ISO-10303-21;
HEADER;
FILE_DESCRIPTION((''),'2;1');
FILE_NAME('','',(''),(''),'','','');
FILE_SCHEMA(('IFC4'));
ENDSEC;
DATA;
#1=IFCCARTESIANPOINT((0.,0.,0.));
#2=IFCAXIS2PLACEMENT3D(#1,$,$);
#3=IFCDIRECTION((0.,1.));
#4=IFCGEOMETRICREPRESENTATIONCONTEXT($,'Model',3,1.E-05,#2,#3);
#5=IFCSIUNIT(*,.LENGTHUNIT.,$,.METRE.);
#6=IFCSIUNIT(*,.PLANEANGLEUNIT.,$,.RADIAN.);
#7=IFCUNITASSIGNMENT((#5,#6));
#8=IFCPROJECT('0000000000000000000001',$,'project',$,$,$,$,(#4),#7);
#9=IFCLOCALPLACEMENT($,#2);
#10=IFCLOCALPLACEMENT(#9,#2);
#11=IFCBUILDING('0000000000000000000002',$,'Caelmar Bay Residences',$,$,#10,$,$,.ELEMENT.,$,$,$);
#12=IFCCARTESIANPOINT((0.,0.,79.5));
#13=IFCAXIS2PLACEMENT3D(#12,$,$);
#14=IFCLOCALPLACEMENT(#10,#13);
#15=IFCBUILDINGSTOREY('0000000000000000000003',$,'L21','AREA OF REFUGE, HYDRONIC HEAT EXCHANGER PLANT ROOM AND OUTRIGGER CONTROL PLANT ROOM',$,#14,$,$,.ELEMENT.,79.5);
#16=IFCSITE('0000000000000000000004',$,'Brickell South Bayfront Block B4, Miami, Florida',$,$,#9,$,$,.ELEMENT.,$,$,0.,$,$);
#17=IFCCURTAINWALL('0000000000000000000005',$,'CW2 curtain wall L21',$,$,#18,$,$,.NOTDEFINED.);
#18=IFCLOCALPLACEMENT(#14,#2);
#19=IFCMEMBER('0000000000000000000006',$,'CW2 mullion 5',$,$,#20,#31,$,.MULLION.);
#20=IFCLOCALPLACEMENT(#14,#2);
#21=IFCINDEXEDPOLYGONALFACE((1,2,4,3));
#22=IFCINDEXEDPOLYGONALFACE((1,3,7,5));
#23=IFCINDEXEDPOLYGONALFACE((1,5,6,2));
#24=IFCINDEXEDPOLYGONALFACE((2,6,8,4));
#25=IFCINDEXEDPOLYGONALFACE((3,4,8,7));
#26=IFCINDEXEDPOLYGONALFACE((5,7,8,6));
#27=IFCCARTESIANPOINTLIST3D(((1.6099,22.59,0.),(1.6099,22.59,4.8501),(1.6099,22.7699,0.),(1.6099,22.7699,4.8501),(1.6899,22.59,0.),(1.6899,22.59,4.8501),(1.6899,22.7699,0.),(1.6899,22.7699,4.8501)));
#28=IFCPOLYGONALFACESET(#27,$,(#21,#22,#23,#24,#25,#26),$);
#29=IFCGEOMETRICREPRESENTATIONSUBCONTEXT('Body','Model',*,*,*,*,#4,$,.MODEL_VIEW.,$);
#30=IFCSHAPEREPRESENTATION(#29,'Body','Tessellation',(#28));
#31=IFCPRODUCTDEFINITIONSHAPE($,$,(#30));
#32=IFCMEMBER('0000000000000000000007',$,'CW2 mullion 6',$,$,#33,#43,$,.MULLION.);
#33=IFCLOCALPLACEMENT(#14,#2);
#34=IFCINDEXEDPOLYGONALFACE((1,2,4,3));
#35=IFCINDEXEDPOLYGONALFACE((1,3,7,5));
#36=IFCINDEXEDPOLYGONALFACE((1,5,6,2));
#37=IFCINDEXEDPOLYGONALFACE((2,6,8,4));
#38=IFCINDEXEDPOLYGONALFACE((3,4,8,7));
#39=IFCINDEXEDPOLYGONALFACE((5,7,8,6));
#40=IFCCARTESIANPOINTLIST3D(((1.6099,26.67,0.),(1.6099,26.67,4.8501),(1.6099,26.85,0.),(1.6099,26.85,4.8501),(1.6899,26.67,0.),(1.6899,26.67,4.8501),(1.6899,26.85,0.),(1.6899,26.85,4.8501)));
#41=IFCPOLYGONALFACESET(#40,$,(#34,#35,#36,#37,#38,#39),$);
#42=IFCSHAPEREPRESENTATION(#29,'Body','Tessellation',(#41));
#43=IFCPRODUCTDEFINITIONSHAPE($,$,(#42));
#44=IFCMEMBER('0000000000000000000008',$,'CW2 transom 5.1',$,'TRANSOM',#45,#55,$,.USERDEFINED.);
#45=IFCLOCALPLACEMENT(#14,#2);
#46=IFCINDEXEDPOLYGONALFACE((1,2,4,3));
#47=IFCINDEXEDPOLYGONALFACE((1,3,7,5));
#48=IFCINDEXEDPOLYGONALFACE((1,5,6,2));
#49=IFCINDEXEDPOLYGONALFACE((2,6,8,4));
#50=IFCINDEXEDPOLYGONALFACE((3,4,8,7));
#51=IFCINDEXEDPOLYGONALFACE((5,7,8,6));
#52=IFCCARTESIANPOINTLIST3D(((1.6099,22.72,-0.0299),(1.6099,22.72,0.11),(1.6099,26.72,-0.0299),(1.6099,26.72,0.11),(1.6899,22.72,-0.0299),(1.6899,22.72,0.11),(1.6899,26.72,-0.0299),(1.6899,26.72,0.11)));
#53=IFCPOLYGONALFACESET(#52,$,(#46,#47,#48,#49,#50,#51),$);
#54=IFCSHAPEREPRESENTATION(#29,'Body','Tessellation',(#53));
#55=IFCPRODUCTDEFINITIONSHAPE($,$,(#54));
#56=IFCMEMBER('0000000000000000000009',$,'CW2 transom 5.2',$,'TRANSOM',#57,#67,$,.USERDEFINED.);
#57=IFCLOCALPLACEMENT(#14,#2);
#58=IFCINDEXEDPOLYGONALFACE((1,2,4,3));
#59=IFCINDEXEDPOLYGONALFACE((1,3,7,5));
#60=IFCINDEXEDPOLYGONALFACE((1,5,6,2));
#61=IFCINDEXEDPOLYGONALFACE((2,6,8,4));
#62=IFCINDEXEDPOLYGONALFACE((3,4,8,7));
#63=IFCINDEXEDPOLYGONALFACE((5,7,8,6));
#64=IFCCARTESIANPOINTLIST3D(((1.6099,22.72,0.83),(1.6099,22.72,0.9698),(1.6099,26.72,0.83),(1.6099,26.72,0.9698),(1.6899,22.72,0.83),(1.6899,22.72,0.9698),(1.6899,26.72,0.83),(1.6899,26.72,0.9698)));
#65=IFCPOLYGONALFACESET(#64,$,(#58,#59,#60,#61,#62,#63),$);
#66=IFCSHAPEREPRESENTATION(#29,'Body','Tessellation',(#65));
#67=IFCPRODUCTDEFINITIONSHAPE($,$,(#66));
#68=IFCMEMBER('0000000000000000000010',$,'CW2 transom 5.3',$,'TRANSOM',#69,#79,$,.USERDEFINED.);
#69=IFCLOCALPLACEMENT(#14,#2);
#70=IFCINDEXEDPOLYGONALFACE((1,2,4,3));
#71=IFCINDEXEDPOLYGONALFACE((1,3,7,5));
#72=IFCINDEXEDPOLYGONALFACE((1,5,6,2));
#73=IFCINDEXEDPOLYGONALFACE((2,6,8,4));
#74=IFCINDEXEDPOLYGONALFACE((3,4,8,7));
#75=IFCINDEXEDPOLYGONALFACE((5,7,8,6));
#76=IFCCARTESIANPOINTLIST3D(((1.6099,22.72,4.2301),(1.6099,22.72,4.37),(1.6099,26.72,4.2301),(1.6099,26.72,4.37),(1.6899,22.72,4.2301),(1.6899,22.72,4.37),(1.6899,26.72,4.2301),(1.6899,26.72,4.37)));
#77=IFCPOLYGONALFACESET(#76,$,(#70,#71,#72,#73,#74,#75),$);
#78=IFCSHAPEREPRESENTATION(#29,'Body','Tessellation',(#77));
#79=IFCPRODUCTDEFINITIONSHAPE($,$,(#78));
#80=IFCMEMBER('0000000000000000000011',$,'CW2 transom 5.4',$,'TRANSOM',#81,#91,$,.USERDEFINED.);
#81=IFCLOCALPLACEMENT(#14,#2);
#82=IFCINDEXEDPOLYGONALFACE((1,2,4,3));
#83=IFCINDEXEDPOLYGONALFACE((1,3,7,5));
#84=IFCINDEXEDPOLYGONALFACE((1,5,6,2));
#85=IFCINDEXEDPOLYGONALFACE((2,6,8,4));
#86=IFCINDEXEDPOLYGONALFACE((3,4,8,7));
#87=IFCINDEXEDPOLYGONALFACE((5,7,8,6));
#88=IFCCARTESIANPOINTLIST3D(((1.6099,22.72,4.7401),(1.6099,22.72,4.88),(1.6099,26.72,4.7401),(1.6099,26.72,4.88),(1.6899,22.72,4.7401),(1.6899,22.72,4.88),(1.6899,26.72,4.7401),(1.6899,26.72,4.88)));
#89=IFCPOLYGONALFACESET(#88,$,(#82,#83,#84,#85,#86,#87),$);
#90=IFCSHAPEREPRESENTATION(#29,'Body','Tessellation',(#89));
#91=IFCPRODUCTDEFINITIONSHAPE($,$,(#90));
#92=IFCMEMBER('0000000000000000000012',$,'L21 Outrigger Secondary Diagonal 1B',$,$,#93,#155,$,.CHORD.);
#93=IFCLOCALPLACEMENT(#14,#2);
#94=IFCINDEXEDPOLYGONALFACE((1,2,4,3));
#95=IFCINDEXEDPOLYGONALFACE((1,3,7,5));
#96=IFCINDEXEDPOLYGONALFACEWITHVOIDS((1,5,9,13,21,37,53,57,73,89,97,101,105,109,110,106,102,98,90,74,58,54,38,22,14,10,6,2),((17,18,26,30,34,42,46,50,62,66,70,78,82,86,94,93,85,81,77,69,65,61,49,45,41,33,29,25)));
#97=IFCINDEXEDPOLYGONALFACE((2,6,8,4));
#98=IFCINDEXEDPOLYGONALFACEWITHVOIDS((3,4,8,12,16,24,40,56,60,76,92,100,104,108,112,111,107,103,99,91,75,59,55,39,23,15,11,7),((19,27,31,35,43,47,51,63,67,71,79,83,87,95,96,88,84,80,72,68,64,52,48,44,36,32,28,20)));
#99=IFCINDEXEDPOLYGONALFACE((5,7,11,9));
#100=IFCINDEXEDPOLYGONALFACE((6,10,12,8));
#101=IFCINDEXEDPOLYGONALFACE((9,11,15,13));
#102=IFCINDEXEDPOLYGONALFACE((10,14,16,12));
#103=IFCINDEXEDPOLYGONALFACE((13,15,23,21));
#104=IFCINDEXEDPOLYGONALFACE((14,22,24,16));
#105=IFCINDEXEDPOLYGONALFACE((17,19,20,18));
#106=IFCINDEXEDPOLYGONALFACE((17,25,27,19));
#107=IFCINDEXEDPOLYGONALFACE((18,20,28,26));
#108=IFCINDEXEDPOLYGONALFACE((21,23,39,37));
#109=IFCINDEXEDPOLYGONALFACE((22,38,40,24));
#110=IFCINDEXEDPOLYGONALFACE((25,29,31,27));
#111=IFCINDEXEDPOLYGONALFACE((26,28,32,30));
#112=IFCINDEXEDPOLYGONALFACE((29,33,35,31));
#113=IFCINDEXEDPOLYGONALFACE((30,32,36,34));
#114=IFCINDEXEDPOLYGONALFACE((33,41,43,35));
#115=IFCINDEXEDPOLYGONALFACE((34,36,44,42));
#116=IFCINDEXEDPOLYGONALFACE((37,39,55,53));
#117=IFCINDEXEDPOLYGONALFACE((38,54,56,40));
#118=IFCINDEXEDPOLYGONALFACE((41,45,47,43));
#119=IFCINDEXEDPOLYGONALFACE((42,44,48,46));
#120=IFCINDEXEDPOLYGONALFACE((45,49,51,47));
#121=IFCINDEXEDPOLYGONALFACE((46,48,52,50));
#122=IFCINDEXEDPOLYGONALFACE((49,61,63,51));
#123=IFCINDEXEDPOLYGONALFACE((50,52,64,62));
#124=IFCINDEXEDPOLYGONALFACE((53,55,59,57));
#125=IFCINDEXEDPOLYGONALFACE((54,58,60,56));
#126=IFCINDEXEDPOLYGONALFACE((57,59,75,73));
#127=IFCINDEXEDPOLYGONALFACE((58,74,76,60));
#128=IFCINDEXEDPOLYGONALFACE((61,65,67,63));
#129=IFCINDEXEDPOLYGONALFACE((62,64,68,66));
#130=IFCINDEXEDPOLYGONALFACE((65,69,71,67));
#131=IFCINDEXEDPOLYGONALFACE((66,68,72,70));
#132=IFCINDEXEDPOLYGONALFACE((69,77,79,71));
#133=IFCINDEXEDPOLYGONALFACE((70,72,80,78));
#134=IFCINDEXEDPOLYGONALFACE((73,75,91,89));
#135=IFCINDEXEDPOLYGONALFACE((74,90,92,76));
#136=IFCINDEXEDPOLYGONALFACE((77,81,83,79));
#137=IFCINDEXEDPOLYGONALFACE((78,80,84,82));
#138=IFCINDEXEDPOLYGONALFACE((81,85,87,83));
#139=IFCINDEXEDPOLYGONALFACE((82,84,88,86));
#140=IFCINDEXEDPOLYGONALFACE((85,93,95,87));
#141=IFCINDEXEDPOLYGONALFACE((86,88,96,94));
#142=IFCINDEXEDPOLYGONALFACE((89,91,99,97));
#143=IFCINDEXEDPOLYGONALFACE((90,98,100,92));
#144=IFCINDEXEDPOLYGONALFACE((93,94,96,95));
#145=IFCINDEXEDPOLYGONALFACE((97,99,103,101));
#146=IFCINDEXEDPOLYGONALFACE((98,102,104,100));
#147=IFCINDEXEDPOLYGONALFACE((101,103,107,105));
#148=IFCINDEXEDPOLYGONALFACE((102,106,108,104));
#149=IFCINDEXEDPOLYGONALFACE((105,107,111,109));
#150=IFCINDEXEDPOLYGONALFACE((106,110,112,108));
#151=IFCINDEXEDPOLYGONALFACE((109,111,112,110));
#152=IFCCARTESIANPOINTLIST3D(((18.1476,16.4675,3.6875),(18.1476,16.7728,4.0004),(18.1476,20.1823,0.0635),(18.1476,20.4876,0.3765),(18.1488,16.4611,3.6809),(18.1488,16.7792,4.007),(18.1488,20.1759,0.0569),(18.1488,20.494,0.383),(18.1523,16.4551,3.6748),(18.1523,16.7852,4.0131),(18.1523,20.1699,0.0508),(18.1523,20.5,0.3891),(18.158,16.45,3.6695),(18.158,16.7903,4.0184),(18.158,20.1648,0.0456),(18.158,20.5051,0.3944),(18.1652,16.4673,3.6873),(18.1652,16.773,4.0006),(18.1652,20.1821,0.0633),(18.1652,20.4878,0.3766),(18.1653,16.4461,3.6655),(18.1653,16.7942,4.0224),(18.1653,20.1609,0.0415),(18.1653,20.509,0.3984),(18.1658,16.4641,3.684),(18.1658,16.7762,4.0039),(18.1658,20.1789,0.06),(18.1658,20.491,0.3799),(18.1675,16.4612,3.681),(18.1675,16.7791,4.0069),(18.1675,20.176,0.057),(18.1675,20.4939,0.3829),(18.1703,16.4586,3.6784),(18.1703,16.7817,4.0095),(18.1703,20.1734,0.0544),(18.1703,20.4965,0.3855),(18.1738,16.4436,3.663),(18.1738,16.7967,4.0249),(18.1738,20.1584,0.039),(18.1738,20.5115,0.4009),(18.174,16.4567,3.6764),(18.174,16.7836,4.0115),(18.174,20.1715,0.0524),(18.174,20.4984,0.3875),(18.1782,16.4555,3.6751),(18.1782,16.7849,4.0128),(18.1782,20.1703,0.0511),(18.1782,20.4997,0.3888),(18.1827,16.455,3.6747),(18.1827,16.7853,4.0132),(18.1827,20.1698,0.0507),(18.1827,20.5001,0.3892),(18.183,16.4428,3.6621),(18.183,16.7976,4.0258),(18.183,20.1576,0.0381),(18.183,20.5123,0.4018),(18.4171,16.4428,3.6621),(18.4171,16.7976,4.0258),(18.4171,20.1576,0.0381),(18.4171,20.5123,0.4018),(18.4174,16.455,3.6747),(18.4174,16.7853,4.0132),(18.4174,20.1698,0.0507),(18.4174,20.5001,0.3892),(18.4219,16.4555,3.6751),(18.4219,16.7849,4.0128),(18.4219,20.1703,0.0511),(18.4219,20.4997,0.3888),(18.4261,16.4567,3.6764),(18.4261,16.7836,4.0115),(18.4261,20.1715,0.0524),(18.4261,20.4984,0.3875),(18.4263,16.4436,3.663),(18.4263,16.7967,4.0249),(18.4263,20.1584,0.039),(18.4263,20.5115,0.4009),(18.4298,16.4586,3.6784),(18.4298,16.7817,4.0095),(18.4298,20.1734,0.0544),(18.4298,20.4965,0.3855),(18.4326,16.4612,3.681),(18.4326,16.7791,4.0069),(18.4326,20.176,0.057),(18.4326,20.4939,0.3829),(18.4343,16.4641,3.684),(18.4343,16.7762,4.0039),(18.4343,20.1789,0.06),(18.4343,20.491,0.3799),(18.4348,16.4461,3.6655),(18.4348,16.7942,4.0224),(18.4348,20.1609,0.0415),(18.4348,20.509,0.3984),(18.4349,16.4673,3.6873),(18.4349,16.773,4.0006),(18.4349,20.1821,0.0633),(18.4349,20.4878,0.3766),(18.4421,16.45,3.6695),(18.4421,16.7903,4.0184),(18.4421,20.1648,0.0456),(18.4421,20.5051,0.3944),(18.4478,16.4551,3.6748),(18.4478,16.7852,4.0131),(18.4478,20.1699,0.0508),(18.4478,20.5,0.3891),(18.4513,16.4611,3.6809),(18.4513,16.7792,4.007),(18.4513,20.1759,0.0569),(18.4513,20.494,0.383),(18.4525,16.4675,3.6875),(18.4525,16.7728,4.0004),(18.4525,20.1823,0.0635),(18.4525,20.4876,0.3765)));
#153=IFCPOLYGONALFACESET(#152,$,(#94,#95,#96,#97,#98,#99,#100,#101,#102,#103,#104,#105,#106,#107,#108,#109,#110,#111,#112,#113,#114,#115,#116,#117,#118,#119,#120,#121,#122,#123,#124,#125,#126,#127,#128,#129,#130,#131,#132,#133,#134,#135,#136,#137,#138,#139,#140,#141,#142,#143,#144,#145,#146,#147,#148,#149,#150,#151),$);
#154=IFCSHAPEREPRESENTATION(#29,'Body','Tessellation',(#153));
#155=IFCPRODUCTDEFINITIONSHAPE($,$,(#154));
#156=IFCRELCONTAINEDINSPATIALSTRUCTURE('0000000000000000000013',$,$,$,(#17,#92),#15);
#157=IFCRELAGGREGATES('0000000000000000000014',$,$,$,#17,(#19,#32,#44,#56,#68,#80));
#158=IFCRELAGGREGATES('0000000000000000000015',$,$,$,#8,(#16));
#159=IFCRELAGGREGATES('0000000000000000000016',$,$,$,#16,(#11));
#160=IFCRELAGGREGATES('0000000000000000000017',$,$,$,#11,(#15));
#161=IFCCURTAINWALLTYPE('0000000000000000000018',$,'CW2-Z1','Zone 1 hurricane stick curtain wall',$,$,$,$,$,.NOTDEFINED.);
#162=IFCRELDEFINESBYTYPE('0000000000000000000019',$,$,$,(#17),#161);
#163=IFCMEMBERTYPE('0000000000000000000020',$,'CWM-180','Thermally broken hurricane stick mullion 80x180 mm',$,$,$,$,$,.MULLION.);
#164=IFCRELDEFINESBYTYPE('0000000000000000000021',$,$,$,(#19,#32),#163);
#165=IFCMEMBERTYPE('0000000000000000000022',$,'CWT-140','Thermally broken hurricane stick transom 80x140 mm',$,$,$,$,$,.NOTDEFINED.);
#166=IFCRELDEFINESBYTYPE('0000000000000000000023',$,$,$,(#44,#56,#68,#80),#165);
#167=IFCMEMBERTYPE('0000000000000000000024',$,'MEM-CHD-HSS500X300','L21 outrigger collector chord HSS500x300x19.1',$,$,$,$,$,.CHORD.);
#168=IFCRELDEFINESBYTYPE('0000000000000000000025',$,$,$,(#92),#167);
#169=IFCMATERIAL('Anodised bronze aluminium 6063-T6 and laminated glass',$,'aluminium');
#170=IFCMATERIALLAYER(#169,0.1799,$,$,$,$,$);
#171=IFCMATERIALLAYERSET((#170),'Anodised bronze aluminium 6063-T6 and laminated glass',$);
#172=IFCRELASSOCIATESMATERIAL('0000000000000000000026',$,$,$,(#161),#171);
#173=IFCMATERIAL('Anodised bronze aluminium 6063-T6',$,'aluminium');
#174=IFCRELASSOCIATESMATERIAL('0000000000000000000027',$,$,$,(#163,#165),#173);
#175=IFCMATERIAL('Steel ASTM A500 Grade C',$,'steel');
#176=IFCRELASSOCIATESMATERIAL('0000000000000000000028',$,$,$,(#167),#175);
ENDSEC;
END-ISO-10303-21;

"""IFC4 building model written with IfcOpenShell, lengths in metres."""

from ifc_helpers import new_model, si_unit, direction, frame, origin, origin_2d, place, context, subcontext, project, spatial, rectangle, hollow_rectangle, extrude, material, layer, layer_set, material_profile, profile_set, type_object, element, aggregate, save


model = new_model("IFC4")

# Units and contexts
model_context = context("Model", 3, precision=1e-05, world=origin(), true_north=direction((0.0, 1.0)))
body_context = subcontext(model_context, "Body", "Model", "MODEL_VIEW")
ifc_project = project(units=[si_unit("LENGTHUNIT", "METRE"), si_unit("PLANEANGLEUNIT", "RADIAN")], contexts=[model_context])

# Site, building, storey
site_placement = place(None, origin())
site = spatial("IfcSite", under=ifc_project, at=site_placement, Name="Brickell South Bayfront Block B4, Miami, Florida", CompositionType="ELEMENT", RefElevation=0.0)
building_placement = place(site_placement, origin())
building = spatial("IfcBuilding", under=site, at=building_placement, Name="Caelmar Bay Residences", CompositionType="ELEMENT")
storey_placement = place(building_placement, frame((0.0, 0.0, 79.5)))
storey = spatial("IfcBuildingStorey", under=building, at=storey_placement, Name="L21", Description="AREA OF REFUGE, HYDRONIC HEAT EXCHANGER PLANT ROOM AND OUTRIGGER CONTROL PLANT ROOM", CompositionType="ELEMENT", Elevation=79.5)

# Curtain wall, members
ifc_material_1 = material(Name="Anodised bronze aluminium 6063-T6 and laminated glass", Category="aluminium")
ifc_layer_1 = layer(ifc_material_1, 0.1799)
ifc_layer_set_1 = layer_set([ifc_layer_1], Name="Anodised bronze aluminium 6063-T6 and laminated glass")
curtain_wall_type = type_object("IfcCurtainWallType", Name="CW2-Z1", Description="Zone 1 hurricane stick curtain wall", PredefinedType="NOTDEFINED", material=ifc_layer_set_1)
curtain_wall_placement = place(storey_placement, origin())
curtain_wall = element("IfcCurtainWall", 1, at=curtain_wall_placement, inside=storey, type_object=curtain_wall_type, Name="CW2 curtain wall L21", PredefinedType="NOTDEFINED")
ifc_material_2 = material(Name="Anodised bronze aluminium 6063-T6", Category="aluminium")
ifc_material_profile_1 = material_profile(ifc_material_2, rectangle(XDim=0.0801, YDim=0.1799, at=origin_2d()), Name="CWM-80X180")
ifc_profile_set_1 = profile_set([ifc_material_profile_1], Name="Anodised bronze aluminium 6063-T6")
member_type_1 = type_object("IfcMemberType", Name="CWM-180", Description="Thermally broken hurricane stick mullion 80x180 mm", PredefinedType="MULLION", material=ifc_profile_set_1)
member_1_placement = place(storey_placement, frame((1.6499, 22.6799, 0.0), z_axis=(0.0, 0.0, 1.0), x_axis=(-1.0, 0.0, 0.0)))
member_1 = element("IfcMember", 2, at=member_1_placement, type_object=member_type_1, Name="CW2 mullion 5", PredefinedType="MULLION", context=body_context, shape_type="SweptSolid", body=[
    extrude(rectangle(XDim=0.0801, YDim=0.1799, at=origin_2d()), origin(), (0.0, 0.0, 1.0), 4.8501),
])
member_2_placement = place(storey_placement, frame((1.6499, 26.76, 0.0), z_axis=(0.0, 0.0, 1.0), x_axis=(-1.0, 0.0, 0.0)))
member_2 = element("IfcMember", 3, at=member_2_placement, type_object=member_type_1, Name="CW2 mullion 6", PredefinedType="MULLION", context=body_context, shape_type="SweptSolid", body=[
    extrude(rectangle(XDim=0.0801, YDim=0.1799, at=origin_2d()), origin(), (0.0, 0.0, 1.0), 4.8501),
])
ifc_material_profile_2 = material_profile(ifc_material_2, rectangle(XDim=0.0801, YDim=0.1399, at=origin_2d()), Name="CWT-80X140")
ifc_profile_set_2 = profile_set([ifc_material_profile_2], Name="Anodised bronze aluminium 6063-T6")
member_type_2 = type_object("IfcMemberType", Name="CWT-140", Description="Thermally broken hurricane stick transom 80x140 mm", PredefinedType="NOTDEFINED", material=ifc_profile_set_2)
member_3_placement = place(storey_placement, frame((1.6499, 22.72, 0.04), z_axis=(0.0, 1.0, 0.0), x_axis=(-1.0, 0.0, 0.0)))
member_3 = element("IfcMember", 4, at=member_3_placement, type_object=member_type_2, Name="CW2 transom 5.1", ObjectType="TRANSOM", PredefinedType="USERDEFINED", context=body_context, shape_type="SweptSolid", body=[
    extrude(rectangle(XDim=0.0801, YDim=0.1399, at=origin_2d()), origin(), (0.0, 0.0, 1.0), 4.0),
])
member_4_placement = place(storey_placement, frame((1.6499, 22.72, 0.8999), z_axis=(0.0, 1.0, 0.0), x_axis=(-1.0, 0.0, 0.0)))
member_4 = element("IfcMember", 5, at=member_4_placement, type_object=member_type_2, Name="CW2 transom 5.2", ObjectType="TRANSOM", PredefinedType="USERDEFINED", context=body_context, shape_type="SweptSolid", body=[
    extrude(rectangle(XDim=0.0801, YDim=0.1399, at=origin_2d()), origin(), (0.0, 0.0, 1.0), 4.0),
])
member_5_placement = place(storey_placement, frame((1.6499, 22.72, 4.3), z_axis=(0.0, 1.0, 0.0), x_axis=(-1.0, 0.0, 0.0)))
member_5 = element("IfcMember", 6, at=member_5_placement, type_object=member_type_2, Name="CW2 transom 5.3", ObjectType="TRANSOM", PredefinedType="USERDEFINED", context=body_context, shape_type="SweptSolid", body=[
    extrude(rectangle(XDim=0.0801, YDim=0.1399, at=origin_2d()), origin(), (0.0, 0.0, 1.0), 4.0),
])
member_6_placement = place(storey_placement, frame((1.6499, 22.72, 4.8101), z_axis=(0.0, 1.0, 0.0), x_axis=(-1.0, 0.0, 0.0)))
member_6 = element("IfcMember", 7, at=member_6_placement, type_object=member_type_2, Name="CW2 transom 5.4", ObjectType="TRANSOM", PredefinedType="USERDEFINED", context=body_context, shape_type="SweptSolid", body=[
    extrude(rectangle(XDim=0.0801, YDim=0.1399, at=origin_2d()), origin(), (0.0, 0.0, 1.0), 4.0),
])

# Member
ifc_material_3 = material(Name="Steel ASTM A500 Grade C", Category="steel")
ifc_material_profile_3 = material_profile(ifc_material_3, hollow_rectangle(XDim=0.3049, YDim=0.5081, WallThickness=0.0176, InnerFilletRadius=0.0176, OuterFilletRadius=0.0354, at=origin_2d()), Name="HSS500X300X19.1")
ifc_profile_set_3 = profile_set([ifc_material_profile_3], Name="Steel ASTM A500 Grade C")
member_type_3 = type_object("IfcMemberType", Name="MEM-CHD-HSS500X300", Description="L21 outrigger collector chord HSS500x300x19.1", PredefinedType="CHORD", material=ifc_profile_set_3)
member_7_placement = place(storey_placement, frame((18.3, 20.335, 0.22), z_axis=(0.0, -0.715803, 0.698303), x_axis=(1.0, 0.0, 0.0)))
element("IfcMember", 8, at=member_7_placement, inside=storey, type_object=member_type_3, Name="L21 Outrigger Secondary Diagonal 1B", PredefinedType="CHORD", context=body_context, shape_type="SweptSolid", body=[
    extrude(hollow_rectangle(XDim=0.3049, YDim=0.5081, WallThickness=0.0176, InnerFilletRadius=0.0176, OuterFilletRadius=0.0354, at=origin_2d()), origin(), (0.0, 0.0, 1.0), 5.1897),
])

aggregate(curtain_wall, [member_1, member_2, member_3, member_4, member_5, member_6])

save(model, "model.ifc")
